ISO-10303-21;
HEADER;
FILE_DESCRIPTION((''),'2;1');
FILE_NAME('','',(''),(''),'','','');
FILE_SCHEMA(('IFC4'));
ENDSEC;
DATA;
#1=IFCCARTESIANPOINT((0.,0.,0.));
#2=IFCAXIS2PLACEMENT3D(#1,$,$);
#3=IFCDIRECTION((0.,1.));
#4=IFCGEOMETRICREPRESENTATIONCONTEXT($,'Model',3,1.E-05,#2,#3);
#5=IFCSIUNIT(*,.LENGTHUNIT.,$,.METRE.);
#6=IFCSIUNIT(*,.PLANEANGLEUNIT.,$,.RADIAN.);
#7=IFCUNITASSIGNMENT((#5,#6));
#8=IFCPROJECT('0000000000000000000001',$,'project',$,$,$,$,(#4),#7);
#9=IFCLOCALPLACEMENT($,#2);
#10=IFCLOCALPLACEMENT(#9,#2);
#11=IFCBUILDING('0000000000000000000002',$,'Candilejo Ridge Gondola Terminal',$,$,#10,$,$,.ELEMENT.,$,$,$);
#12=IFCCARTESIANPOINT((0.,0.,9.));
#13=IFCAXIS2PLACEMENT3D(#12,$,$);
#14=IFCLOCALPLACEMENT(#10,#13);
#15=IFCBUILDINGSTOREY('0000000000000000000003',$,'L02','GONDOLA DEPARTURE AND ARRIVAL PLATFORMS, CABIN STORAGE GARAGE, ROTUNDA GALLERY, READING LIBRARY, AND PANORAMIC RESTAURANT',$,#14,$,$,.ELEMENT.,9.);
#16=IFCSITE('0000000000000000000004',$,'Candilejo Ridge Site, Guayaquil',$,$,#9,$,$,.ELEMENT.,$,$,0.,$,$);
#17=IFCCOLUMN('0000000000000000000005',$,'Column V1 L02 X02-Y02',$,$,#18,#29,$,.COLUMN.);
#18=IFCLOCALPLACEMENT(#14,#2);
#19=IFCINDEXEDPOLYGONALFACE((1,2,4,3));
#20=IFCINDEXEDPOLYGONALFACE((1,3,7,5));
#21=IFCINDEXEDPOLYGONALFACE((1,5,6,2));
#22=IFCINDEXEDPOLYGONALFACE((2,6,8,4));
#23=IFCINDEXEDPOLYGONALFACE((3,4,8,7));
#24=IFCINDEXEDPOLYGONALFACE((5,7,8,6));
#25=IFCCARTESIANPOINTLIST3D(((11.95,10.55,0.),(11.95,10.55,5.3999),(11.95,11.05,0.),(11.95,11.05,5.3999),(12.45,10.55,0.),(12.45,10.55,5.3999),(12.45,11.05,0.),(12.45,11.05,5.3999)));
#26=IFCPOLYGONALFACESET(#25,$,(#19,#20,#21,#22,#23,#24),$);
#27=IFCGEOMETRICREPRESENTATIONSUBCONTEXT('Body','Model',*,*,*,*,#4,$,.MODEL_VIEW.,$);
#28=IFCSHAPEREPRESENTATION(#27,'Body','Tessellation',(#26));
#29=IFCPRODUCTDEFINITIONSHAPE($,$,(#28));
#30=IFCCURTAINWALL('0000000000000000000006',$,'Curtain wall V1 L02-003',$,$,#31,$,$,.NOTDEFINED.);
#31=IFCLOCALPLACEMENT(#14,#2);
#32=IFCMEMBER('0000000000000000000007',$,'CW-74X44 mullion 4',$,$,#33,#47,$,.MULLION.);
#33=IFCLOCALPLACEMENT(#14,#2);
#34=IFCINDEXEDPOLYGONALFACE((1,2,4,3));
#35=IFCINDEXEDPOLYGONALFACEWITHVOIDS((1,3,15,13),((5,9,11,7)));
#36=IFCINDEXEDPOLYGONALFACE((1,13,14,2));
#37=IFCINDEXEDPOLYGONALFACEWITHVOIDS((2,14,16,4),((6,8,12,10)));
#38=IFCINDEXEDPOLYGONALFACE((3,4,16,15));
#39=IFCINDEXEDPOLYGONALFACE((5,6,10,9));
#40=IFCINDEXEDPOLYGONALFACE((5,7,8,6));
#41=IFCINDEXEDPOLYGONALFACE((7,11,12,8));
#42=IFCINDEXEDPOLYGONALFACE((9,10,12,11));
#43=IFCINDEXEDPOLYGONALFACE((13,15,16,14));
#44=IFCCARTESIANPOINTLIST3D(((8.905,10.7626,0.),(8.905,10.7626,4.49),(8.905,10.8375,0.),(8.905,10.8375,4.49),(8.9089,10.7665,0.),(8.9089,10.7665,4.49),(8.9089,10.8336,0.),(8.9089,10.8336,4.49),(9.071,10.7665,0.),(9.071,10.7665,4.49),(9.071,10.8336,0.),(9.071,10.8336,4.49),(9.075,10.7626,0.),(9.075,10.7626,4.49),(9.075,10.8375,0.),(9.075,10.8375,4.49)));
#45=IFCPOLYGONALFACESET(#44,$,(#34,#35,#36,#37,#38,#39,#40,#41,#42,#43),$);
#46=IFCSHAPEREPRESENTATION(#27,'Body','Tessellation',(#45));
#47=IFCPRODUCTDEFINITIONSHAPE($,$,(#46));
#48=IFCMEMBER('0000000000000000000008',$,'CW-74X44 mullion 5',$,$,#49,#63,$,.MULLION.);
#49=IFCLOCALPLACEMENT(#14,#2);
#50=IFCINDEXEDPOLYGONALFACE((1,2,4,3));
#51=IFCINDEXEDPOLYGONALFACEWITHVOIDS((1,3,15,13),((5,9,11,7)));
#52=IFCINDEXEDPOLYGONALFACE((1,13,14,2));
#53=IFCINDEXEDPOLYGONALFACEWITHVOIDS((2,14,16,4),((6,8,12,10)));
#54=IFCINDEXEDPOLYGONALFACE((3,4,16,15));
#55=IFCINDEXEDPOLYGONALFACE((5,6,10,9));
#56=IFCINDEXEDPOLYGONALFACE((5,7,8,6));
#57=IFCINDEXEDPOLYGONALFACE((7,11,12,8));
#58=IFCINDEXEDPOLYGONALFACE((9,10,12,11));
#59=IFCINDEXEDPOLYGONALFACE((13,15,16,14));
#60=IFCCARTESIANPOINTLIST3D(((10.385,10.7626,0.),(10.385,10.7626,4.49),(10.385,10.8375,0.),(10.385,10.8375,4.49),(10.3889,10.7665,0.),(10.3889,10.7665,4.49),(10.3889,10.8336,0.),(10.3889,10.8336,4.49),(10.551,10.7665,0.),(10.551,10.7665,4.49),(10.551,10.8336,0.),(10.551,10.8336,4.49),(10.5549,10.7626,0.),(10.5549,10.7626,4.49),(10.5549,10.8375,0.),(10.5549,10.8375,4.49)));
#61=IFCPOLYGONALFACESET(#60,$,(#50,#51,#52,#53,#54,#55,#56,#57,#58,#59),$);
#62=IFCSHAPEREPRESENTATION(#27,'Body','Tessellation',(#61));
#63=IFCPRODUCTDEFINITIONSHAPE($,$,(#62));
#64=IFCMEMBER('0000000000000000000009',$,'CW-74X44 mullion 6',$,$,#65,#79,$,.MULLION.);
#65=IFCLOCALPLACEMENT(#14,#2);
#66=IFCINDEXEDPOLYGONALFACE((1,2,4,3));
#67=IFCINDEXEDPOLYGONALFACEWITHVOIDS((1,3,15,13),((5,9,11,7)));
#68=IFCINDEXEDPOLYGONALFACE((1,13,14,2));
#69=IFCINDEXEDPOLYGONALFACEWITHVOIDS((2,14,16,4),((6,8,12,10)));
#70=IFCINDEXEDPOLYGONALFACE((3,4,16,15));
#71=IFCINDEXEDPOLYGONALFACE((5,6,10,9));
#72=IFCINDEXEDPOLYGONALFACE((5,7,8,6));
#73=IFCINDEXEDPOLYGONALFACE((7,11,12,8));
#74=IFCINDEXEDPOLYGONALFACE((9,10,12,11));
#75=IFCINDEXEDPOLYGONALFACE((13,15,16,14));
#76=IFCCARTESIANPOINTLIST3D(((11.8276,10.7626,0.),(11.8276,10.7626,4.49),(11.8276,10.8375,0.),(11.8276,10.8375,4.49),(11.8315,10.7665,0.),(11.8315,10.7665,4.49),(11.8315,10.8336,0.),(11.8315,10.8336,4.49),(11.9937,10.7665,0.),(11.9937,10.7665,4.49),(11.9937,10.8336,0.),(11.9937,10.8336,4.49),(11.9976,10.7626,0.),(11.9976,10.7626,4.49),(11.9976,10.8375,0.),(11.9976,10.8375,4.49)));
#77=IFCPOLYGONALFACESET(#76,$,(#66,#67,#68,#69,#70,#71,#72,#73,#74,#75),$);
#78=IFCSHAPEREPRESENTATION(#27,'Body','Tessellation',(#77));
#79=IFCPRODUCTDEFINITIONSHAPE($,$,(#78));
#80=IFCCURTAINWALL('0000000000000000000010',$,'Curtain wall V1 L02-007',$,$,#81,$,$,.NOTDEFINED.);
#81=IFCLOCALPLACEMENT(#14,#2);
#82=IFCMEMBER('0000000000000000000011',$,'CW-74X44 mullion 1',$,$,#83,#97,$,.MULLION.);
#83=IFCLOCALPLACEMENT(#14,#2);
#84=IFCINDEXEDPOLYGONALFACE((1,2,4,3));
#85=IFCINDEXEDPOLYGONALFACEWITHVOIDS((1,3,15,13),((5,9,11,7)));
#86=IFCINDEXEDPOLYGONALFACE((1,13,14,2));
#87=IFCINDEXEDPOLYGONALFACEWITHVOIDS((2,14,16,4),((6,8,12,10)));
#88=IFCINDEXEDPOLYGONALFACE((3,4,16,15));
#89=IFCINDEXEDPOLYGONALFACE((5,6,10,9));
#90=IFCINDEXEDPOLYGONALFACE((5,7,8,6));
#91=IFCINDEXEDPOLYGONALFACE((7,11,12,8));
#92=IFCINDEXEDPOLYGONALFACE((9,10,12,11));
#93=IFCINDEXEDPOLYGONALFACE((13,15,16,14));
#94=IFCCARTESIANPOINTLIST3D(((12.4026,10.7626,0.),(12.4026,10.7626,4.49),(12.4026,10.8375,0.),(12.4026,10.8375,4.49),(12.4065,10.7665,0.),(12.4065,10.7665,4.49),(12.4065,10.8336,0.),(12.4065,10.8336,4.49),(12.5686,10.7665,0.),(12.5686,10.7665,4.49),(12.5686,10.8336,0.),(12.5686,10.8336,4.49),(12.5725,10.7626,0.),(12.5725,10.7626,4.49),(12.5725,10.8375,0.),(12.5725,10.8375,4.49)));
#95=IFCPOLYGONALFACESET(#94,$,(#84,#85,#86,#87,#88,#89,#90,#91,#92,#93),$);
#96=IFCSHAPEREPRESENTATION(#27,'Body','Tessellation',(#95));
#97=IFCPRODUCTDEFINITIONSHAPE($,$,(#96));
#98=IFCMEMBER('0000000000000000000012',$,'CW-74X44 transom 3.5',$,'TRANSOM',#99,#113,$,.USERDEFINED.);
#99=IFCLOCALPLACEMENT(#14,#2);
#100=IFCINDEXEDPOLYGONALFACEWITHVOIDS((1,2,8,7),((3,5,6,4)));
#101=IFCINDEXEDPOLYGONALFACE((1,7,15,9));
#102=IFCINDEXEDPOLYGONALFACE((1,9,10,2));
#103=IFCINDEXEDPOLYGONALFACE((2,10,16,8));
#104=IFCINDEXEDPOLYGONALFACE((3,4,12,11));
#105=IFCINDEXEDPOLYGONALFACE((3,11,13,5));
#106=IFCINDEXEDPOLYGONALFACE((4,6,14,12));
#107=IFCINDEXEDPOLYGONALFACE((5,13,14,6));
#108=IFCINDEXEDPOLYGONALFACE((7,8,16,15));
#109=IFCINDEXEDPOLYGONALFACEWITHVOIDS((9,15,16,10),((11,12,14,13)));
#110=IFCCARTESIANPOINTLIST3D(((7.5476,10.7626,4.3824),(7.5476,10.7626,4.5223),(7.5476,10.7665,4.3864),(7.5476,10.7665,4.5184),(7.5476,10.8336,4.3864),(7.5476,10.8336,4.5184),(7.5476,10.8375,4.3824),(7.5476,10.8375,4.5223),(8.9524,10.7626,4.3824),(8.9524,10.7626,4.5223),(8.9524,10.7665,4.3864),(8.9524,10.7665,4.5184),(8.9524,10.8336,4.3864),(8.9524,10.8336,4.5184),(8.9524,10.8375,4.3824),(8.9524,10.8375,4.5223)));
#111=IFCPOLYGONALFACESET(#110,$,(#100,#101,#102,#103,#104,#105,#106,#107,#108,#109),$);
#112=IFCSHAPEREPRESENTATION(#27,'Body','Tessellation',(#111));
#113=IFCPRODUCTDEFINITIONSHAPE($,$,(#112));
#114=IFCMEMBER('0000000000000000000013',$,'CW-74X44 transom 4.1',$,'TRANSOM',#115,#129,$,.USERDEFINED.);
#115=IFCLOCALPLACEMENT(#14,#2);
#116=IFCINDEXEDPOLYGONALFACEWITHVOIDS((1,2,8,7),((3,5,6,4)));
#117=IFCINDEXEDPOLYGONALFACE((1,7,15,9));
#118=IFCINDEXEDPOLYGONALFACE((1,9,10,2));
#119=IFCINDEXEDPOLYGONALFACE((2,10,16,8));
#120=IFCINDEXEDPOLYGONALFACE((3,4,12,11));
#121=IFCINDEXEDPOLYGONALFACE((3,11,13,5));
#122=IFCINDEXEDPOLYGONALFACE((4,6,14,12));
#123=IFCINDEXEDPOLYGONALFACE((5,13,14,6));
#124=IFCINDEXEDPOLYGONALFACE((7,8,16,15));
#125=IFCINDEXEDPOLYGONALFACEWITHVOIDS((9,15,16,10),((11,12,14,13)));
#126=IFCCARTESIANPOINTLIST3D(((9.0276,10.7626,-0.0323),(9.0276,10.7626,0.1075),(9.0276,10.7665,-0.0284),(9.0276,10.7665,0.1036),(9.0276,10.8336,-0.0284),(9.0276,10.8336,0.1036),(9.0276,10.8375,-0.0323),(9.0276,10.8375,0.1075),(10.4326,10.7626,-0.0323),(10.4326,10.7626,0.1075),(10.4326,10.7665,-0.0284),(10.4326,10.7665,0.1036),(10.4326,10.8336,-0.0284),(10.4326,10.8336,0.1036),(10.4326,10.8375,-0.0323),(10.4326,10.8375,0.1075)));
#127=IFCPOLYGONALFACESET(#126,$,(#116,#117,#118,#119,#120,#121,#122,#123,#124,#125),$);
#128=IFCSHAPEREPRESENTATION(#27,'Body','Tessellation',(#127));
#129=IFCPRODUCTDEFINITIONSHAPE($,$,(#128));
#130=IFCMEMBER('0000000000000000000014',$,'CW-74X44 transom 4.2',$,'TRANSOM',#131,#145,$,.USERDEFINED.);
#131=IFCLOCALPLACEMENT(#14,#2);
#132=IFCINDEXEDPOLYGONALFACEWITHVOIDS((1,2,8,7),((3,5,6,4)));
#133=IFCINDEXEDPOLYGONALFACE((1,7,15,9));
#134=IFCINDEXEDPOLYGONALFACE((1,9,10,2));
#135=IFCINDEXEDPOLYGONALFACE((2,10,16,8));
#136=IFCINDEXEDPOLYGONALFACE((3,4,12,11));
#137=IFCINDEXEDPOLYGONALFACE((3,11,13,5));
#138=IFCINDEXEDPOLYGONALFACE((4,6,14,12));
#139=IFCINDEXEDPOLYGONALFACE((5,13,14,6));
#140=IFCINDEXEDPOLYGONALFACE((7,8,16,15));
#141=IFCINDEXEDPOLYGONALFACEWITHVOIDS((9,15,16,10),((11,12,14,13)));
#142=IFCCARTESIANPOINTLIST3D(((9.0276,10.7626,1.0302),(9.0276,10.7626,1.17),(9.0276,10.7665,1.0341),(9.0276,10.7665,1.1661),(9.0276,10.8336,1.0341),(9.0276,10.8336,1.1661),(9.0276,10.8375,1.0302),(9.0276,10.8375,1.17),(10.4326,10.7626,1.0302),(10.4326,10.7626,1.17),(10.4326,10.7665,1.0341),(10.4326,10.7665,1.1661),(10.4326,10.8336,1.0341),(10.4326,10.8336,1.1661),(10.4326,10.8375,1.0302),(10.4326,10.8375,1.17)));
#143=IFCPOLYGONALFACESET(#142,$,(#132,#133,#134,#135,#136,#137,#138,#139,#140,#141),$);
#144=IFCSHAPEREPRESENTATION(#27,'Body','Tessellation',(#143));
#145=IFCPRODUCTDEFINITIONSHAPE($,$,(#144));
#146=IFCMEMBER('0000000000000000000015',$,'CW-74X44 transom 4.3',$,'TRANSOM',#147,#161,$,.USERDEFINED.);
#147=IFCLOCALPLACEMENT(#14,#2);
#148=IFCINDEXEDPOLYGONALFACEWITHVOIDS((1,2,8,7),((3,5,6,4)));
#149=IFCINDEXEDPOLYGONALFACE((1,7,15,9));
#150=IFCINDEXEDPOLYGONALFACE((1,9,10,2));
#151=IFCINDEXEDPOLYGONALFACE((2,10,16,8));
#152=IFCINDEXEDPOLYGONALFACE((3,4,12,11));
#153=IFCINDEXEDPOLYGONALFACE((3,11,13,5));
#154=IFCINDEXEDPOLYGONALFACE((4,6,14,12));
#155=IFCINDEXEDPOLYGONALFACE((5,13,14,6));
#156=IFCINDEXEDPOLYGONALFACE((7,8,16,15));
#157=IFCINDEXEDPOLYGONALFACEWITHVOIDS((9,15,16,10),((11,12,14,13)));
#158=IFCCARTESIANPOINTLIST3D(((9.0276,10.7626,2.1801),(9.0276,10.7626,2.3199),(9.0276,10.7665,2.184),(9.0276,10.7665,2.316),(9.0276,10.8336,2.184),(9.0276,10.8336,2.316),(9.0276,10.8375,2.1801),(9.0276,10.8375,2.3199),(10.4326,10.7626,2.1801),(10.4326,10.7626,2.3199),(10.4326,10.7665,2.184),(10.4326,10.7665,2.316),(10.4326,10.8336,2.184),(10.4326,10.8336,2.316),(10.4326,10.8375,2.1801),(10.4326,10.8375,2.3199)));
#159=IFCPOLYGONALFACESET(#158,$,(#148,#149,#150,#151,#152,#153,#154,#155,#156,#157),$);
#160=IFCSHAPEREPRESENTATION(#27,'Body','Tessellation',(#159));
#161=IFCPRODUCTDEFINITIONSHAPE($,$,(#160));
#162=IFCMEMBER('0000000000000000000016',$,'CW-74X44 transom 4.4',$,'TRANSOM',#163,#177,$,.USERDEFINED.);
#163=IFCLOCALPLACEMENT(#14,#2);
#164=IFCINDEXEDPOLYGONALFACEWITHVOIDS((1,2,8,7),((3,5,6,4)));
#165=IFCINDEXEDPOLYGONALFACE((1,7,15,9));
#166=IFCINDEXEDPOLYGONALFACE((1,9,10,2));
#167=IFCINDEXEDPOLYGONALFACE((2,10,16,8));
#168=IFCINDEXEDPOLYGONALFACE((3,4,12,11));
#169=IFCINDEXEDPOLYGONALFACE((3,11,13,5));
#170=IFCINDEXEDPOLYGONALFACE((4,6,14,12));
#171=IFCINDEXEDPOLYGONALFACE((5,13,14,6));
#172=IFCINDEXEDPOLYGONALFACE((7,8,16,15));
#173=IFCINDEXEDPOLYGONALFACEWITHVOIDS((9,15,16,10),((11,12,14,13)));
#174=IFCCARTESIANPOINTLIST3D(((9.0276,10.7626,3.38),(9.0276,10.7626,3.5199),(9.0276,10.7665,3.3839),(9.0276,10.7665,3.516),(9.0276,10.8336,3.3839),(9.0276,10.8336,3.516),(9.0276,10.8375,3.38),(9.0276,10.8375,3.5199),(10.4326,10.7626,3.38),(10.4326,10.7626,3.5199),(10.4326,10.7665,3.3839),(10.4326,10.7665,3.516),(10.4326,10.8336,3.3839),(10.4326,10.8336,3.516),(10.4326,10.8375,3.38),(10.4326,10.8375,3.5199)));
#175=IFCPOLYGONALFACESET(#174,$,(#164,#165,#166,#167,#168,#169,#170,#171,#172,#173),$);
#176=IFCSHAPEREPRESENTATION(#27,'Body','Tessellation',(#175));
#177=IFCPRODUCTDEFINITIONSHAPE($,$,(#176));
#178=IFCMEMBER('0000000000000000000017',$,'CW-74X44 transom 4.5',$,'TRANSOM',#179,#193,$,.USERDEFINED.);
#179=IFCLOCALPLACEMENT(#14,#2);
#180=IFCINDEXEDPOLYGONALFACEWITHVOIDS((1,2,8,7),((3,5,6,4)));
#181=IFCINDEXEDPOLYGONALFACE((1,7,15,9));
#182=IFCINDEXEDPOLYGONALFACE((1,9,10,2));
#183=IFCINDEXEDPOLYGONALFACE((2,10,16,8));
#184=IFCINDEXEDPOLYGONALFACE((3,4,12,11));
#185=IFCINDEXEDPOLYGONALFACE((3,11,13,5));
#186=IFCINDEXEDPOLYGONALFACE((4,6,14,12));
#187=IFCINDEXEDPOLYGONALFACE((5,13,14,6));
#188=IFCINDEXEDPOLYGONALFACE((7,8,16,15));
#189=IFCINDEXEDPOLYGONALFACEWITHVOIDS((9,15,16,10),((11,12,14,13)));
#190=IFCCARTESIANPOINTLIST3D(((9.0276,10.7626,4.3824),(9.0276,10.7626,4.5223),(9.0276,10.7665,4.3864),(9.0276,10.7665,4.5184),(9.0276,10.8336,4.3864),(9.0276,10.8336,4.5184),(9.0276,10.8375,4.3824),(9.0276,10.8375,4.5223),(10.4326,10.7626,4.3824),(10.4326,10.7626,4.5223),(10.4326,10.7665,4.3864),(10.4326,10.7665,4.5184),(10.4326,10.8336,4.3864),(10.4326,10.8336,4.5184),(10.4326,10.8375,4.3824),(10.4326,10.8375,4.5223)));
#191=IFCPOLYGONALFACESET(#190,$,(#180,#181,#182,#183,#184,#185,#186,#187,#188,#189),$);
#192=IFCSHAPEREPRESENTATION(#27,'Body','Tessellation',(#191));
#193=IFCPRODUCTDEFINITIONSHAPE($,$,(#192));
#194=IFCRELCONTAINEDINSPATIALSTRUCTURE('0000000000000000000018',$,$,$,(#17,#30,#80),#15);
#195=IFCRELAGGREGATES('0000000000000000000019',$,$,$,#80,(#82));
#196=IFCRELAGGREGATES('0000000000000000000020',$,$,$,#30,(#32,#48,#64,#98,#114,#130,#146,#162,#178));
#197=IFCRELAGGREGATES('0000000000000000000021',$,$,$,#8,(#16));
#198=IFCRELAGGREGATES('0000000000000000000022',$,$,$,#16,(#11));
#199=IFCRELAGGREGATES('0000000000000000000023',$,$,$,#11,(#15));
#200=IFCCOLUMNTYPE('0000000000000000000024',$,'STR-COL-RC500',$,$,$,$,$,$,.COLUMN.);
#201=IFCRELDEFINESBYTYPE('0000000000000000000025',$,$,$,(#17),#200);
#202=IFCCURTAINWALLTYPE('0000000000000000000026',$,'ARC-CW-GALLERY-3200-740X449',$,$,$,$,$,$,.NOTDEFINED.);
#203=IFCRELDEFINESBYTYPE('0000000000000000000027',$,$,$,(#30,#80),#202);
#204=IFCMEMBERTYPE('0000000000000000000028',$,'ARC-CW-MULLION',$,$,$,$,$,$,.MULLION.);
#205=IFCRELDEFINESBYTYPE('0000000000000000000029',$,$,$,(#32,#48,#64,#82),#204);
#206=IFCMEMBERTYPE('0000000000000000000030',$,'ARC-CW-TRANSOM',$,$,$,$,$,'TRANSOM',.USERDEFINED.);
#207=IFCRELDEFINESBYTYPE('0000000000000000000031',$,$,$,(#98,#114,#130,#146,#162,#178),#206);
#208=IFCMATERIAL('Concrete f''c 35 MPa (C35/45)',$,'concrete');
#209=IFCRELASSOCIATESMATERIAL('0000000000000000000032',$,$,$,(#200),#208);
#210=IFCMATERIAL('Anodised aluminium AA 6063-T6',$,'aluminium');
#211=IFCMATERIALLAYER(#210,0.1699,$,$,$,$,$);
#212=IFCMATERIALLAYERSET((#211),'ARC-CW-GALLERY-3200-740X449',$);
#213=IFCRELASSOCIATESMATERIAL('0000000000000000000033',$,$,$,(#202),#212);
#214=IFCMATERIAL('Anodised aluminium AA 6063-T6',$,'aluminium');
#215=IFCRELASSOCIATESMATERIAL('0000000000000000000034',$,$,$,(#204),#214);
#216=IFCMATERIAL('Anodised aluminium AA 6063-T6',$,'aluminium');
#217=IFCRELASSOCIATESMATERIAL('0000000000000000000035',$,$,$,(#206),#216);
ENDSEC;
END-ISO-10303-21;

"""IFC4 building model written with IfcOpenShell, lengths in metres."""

from ifc_helpers import new_model, si_unit, direction, frame, origin, origin_2d, place, context, subcontext, project, spatial, rectangle, hollow_rectangle, extrude, material, layer, layer_set, material_profile, profile_set, type_object, element, aggregate, save


model = new_model("IFC4")

# Units and contexts
model_context = context("Model", 3, precision=1e-05, world=origin(), true_north=direction((0.0, 1.0)))
body_context = subcontext(model_context, "Body", "Model", "MODEL_VIEW")
ifc_project = project(units=[si_unit("LENGTHUNIT", "METRE"), si_unit("PLANEANGLEUNIT", "RADIAN")], contexts=[model_context])

# Site, building, storey
site_placement = place(None, origin())
site = spatial("IfcSite", under=ifc_project, at=site_placement, Name="Candilejo Ridge Site, Guayaquil", CompositionType="ELEMENT", RefElevation=0.0)
building_placement = place(site_placement, origin())
building = spatial("IfcBuilding", under=site, at=building_placement, Name="Candilejo Ridge Gondola Terminal", CompositionType="ELEMENT")
storey_placement = place(building_placement, frame((0.0, 0.0, 9.0)))
storey = spatial("IfcBuildingStorey", under=building, at=storey_placement, Name="L02", Description="GONDOLA DEPARTURE AND ARRIVAL PLATFORMS, CABIN STORAGE GARAGE, ROTUNDA GALLERY, READING LIBRARY, AND PANORAMIC RESTAURANT", CompositionType="ELEMENT", Elevation=9.0)

# Column
ifc_material_1 = material(Name="Concrete f'c 35 MPa (C35/45)", Category="concrete")
ifc_material_profile_1 = material_profile(ifc_material_1, rectangle(XDim=0.5, YDim=0.5, at=origin_2d()))
ifc_profile_set_1 = profile_set([ifc_material_profile_1], Name="Concrete f'c 35 MPa (C35/45)")
column_type = type_object("IfcColumnType", Name="STR-COL-RC500", PredefinedType="COLUMN", material=ifc_profile_set_1)
column_placement = place(storey_placement, frame((12.2, 10.8, 0.0), z_axis=(0.0, 0.0, 1.0), x_axis=(1.0, 0.0, 0.0)))
element("IfcColumn", 1, at=column_placement, inside=storey, type_object=column_type, Name="Column V1 L02 X02-Y02", PredefinedType="COLUMN", context=body_context, shape_type="SweptSolid", body=[
    extrude(rectangle(XDim=0.5, YDim=0.5, at=origin_2d()), origin(), (0.0, 0.0, 1.0), 5.3999),
])

# Curtain wall, members
ifc_material_2 = material(Name="Anodised aluminium AA 6063-T6", Category="aluminium")
ifc_layer_1 = layer(ifc_material_2, 0.1699)
ifc_layer_set_1 = layer_set([ifc_layer_1], Name="ARC-CW-GALLERY-3200-740X449")
curtain_wall_type = type_object("IfcCurtainWallType", Name="ARC-CW-GALLERY-3200-740X449", PredefinedType="NOTDEFINED", material=ifc_layer_set_1)
curtain_wall_1_placement = place(storey_placement, origin())
curtain_wall_1 = element("IfcCurtainWall", 2, at=curtain_wall_1_placement, inside=storey, type_object=curtain_wall_type, Name="Curtain wall V1 L02-003", PredefinedType="NOTDEFINED")
ifc_material_3 = material(Name="Anodised aluminium AA 6063-T6", Category="aluminium")
ifc_material_profile_2 = material_profile(ifc_material_3, hollow_rectangle(XDim=0.075, YDim=0.1699, WallThickness=0.0039, at=origin_2d()))
ifc_profile_set_2 = profile_set([ifc_material_profile_2], Name="Anodised aluminium AA 6063-T6")
member_type_1 = type_object("IfcMemberType", Name="ARC-CW-MULLION", PredefinedType="MULLION", material=ifc_profile_set_2)
member_1_placement = place(storey_placement, frame((8.99, 10.8, 0.0), z_axis=(0.0, 0.0, 1.0), x_axis=(0.0, 1.0, 0.0)))
member_1 = element("IfcMember", 3, at=member_1_placement, type_object=member_type_1, Name="CW-74X44 mullion 4", PredefinedType="MULLION", context=body_context, shape_type="SweptSolid", body=[
    extrude(hollow_rectangle(XDim=0.075, YDim=0.1699, WallThickness=0.0039, at=origin_2d()), origin(), (0.0, 0.0, 1.0), 4.49),
])
member_2_placement = place(storey_placement, frame((10.47, 10.8, 0.0), z_axis=(0.0, 0.0, 1.0), x_axis=(0.0, 1.0, 0.0)))
member_2 = element("IfcMember", 4, at=member_2_placement, type_object=member_type_1, Name="CW-74X44 mullion 5", PredefinedType="MULLION", context=body_context, shape_type="SweptSolid", body=[
    extrude(hollow_rectangle(XDim=0.075, YDim=0.1699, WallThickness=0.0039, at=origin_2d()), origin(), (0.0, 0.0, 1.0), 4.49),
])
member_3_placement = place(storey_placement, frame((11.9126, 10.8, 0.0), z_axis=(0.0, 0.0, 1.0), x_axis=(0.0, 1.0, 0.0)))
member_3 = element("IfcMember", 5, at=member_3_placement, type_object=member_type_1, Name="CW-74X44 mullion 6", PredefinedType="MULLION", context=body_context, shape_type="SweptSolid", body=[
    extrude(hollow_rectangle(XDim=0.075, YDim=0.1699, WallThickness=0.0039, at=origin_2d()), origin(), (0.0, 0.0, 1.0), 4.49),
])

# Curtain wall, member
curtain_wall_2_placement = place(storey_placement, origin())
curtain_wall_2 = element("IfcCurtainWall", 6, at=curtain_wall_2_placement, inside=storey, type_object=curtain_wall_type, Name="Curtain wall V1 L02-007", PredefinedType="NOTDEFINED")
member_4_placement = place(storey_placement, frame((12.4875, 10.8, 0.0), z_axis=(0.0, 0.0, 1.0), x_axis=(0.0, 1.0, 0.0)))
member_4 = element("IfcMember", 7, at=member_4_placement, type_object=member_type_1, Name="CW-74X44 mullion 1", PredefinedType="MULLION", context=body_context, shape_type="SweptSolid", body=[
    extrude(hollow_rectangle(XDim=0.075, YDim=0.1699, WallThickness=0.0039, at=origin_2d()), origin(), (0.0, 0.0, 1.0), 4.49),
])

# Members
ifc_material_4 = material(Name="Anodised aluminium AA 6063-T6", Category="aluminium")
ifc_material_profile_3 = material_profile(ifc_material_4, hollow_rectangle(XDim=0.075, YDim=0.1399, WallThickness=0.0039, at=origin_2d()))
ifc_profile_set_3 = profile_set([ifc_material_profile_3], Name="Anodised aluminium AA 6063-T6")
member_type_2 = type_object("IfcMemberType", Name="ARC-CW-TRANSOM", ElementType="TRANSOM", PredefinedType="USERDEFINED", material=ifc_profile_set_3)
member_5_placement = place(storey_placement, frame((7.5476, 10.8, 4.4524), z_axis=(1.0, 0.0, 0.0), x_axis=(0.0, 1.0, 0.0)))
member_5 = element("IfcMember", 8, at=member_5_placement, type_object=member_type_2, Name="CW-74X44 transom 3.5", ObjectType="TRANSOM", PredefinedType="USERDEFINED", context=body_context, shape_type="SweptSolid", body=[
    extrude(hollow_rectangle(XDim=0.075, YDim=0.1399, WallThickness=0.0039, at=origin_2d()), origin(), (0.0, 0.0, 1.0), 1.4048),
])
member_6_placement = place(storey_placement, frame((9.0276, 10.8, 0.0376), z_axis=(1.0, 0.0, 0.0), x_axis=(0.0, 1.0, 0.0)))
member_6 = element("IfcMember", 9, at=member_6_placement, type_object=member_type_2, Name="CW-74X44 transom 4.1", ObjectType="TRANSOM", PredefinedType="USERDEFINED", context=body_context, shape_type="SweptSolid", body=[
    extrude(hollow_rectangle(XDim=0.075, YDim=0.1399, WallThickness=0.0039, at=origin_2d()), origin(), (0.0, 0.0, 1.0), 1.405),
])
member_7_placement = place(storey_placement, frame((9.0276, 10.8, 1.1001), z_axis=(1.0, 0.0, 0.0), x_axis=(0.0, 1.0, 0.0)))
member_7 = element("IfcMember", 10, at=member_7_placement, type_object=member_type_2, Name="CW-74X44 transom 4.2", ObjectType="TRANSOM", PredefinedType="USERDEFINED", context=body_context, shape_type="SweptSolid", body=[
    extrude(hollow_rectangle(XDim=0.075, YDim=0.1399, WallThickness=0.0039, at=origin_2d()), origin(), (0.0, 0.0, 1.0), 1.405),
])
member_8_placement = place(storey_placement, frame((9.0276, 10.8, 2.25), z_axis=(1.0, 0.0, 0.0), x_axis=(0.0, 1.0, 0.0)))
member_8 = element("IfcMember", 11, at=member_8_placement, type_object=member_type_2, Name="CW-74X44 transom 4.3", ObjectType="TRANSOM", PredefinedType="USERDEFINED", context=body_context, shape_type="SweptSolid", body=[
    extrude(hollow_rectangle(XDim=0.075, YDim=0.1399, WallThickness=0.0039, at=origin_2d()), origin(), (0.0, 0.0, 1.0), 1.405),
])
member_9_placement = place(storey_placement, frame((9.0276, 10.8, 3.45), z_axis=(1.0, 0.0, 0.0), x_axis=(0.0, 1.0, 0.0)))
member_9 = element("IfcMember", 12, at=member_9_placement, type_object=member_type_2, Name="CW-74X44 transom 4.4", ObjectType="TRANSOM", PredefinedType="USERDEFINED", context=body_context, shape_type="SweptSolid", body=[
    extrude(hollow_rectangle(XDim=0.075, YDim=0.1399, WallThickness=0.0039, at=origin_2d()), origin(), (0.0, 0.0, 1.0), 1.405),
])
member_10_placement = place(storey_placement, frame((9.0276, 10.8, 4.4524), z_axis=(1.0, 0.0, 0.0), x_axis=(0.0, 1.0, 0.0)))
member_10 = element("IfcMember", 13, at=member_10_placement, type_object=member_type_2, Name="CW-74X44 transom 4.5", ObjectType="TRANSOM", PredefinedType="USERDEFINED", context=body_context, shape_type="SweptSolid", body=[
    extrude(hollow_rectangle(XDim=0.075, YDim=0.1399, WallThickness=0.0039, at=origin_2d()), origin(), (0.0, 0.0, 1.0), 1.405),
])
aggregate(curtain_wall_2, [member_4])

aggregate(curtain_wall_1, [member_1, member_2, member_3, member_5, member_6, member_7, member_8, member_9, member_10])

save(model, "model.ifc")
